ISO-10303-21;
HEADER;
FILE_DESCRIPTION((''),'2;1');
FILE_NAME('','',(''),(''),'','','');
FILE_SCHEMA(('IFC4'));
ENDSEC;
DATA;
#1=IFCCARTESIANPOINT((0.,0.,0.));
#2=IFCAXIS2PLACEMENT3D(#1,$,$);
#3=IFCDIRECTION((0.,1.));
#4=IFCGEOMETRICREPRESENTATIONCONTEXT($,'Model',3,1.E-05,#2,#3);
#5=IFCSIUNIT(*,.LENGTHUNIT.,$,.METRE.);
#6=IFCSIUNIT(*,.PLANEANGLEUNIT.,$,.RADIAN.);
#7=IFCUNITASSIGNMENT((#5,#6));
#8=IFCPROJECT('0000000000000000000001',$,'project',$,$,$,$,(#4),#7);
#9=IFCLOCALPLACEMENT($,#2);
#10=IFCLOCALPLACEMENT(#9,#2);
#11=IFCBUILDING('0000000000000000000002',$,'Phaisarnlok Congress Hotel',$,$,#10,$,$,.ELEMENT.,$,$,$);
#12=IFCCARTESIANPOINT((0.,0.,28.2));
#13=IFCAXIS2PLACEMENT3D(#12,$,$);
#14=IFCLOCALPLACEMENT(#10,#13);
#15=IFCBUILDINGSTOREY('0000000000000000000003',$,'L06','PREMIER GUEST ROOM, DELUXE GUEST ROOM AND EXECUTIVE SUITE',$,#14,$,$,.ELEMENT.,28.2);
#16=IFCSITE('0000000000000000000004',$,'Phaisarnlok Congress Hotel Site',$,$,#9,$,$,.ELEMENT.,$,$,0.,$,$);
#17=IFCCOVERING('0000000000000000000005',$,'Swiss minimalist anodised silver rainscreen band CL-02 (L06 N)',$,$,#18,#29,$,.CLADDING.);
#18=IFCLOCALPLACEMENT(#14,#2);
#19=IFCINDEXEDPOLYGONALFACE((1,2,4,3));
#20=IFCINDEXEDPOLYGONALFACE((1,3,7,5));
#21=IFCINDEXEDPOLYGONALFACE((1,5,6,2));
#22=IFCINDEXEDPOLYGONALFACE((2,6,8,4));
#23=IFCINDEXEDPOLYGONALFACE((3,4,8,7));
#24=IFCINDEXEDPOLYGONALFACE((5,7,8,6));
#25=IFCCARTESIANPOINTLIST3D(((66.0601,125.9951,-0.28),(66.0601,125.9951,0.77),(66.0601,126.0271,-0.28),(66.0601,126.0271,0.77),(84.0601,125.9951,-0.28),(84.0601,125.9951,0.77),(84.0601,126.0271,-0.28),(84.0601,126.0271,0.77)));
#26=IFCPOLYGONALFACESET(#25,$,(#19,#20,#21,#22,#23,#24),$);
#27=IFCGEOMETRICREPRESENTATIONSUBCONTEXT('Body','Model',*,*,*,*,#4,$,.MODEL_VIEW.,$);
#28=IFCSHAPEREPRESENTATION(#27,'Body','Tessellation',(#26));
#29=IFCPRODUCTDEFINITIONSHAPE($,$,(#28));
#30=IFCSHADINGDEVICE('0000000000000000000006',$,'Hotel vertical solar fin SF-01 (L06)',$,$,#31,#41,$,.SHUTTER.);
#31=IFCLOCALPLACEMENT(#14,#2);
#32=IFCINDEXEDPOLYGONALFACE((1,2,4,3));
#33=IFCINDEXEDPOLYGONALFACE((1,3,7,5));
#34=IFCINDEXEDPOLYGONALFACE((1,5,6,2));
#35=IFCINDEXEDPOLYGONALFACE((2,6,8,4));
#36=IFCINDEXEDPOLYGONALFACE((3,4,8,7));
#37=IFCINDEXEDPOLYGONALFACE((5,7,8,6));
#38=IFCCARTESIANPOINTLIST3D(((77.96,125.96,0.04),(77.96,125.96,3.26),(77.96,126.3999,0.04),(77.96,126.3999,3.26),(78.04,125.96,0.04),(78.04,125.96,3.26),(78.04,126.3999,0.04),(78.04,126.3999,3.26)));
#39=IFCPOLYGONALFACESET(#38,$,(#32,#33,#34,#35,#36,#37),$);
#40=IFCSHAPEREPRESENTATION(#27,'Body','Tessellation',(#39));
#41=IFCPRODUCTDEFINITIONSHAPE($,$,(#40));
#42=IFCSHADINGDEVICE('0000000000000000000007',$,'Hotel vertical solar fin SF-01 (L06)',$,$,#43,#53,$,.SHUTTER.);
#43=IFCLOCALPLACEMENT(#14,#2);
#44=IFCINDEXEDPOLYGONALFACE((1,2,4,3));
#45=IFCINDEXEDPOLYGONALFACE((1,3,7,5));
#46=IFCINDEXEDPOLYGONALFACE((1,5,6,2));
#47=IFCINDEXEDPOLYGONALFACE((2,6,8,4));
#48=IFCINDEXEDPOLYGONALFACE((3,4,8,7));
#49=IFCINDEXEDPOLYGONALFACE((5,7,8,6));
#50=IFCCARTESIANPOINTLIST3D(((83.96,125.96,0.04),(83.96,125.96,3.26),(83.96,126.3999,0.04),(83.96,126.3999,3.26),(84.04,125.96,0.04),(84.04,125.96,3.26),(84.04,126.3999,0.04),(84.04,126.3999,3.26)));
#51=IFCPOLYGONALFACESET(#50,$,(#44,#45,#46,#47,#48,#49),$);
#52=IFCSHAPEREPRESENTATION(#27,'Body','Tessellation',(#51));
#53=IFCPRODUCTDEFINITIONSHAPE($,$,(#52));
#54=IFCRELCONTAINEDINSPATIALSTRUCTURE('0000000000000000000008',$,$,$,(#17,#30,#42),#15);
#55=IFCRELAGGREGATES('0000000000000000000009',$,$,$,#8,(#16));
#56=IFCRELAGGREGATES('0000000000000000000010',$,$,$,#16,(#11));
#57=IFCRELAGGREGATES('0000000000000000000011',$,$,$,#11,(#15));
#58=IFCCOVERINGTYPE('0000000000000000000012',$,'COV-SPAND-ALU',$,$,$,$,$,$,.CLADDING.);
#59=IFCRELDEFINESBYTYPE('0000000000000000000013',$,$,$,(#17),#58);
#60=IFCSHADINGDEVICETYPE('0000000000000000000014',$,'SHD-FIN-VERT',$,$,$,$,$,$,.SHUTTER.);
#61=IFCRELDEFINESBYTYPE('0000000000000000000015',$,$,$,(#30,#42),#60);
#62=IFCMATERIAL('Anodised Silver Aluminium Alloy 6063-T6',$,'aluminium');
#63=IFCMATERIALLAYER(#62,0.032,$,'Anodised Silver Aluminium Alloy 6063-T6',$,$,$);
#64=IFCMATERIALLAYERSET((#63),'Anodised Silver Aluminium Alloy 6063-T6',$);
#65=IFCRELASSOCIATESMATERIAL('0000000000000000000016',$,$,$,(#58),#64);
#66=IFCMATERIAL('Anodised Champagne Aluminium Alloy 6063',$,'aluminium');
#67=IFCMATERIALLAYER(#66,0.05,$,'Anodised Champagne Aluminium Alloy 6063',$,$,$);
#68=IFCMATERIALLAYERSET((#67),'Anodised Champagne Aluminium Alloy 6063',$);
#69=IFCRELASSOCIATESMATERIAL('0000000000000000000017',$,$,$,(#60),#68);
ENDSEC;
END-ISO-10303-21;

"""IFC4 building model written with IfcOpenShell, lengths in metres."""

from ifc_helpers import new_model, si_unit, direction, frame, origin, origin_2d, place, context, subcontext, project, spatial, polyline, rectangle, outline, extrude, material, layer, layer_set, type_object, element, save


model = new_model("IFC4")

# Units and contexts
model_context = context("Model", 3, precision=1e-05, world=origin(), true_north=direction((0.0, 1.0)))
body_context = subcontext(model_context, "Body", "Model", "MODEL_VIEW")
ifc_project = project(units=[si_unit("LENGTHUNIT", "METRE"), si_unit("PLANEANGLEUNIT", "RADIAN")], contexts=[model_context])

# Site, building, storey
site_placement = place(None, origin())
site = spatial("IfcSite", under=ifc_project, at=site_placement, Name="Phaisarnlok Congress Hotel Site", CompositionType="ELEMENT", RefElevation=0.0)
building_placement = place(site_placement, origin())
building = spatial("IfcBuilding", under=site, at=building_placement, Name="Phaisarnlok Congress Hotel", CompositionType="ELEMENT")
storey_placement = place(building_placement, frame((0.0, 0.0, 28.2)))
storey = spatial("IfcBuildingStorey", under=building, at=storey_placement, Name="L06", Description="PREMIER GUEST ROOM, DELUXE GUEST ROOM AND EXECUTIVE SUITE", CompositionType="ELEMENT", Elevation=28.2)

# Covering
ifc_material_1 = material(Name="Anodised Silver Aluminium Alloy 6063-T6", Category="aluminium")
ifc_layer_1 = layer(ifc_material_1, 0.032, Name="Anodised Silver Aluminium Alloy 6063-T6")
ifc_layer_set_1 = layer_set([ifc_layer_1], Name="Anodised Silver Aluminium Alloy 6063-T6")
covering_type = type_object("IfcCoveringType", Name="COV-SPAND-ALU", PredefinedType="CLADDING", material=ifc_layer_set_1)
covering_placement = place(storey_placement, frame((84.0601, 125.9951, -0.28), z_axis=(0.0, 1.0, 0.0), x_axis=(-1.0, 0.0, 0.0)))
element("IfcCovering", 1, at=covering_placement, inside=storey, type_object=covering_type, Name="Swiss minimalist anodised silver rainscreen band CL-02 (L06 N)", PredefinedType="CLADDING", context=body_context, shape_type="SweptSolid", body=[
    extrude(outline(polyline([(0.0, 0.0), (18.0, 0.0), (18.0, 1.05), (0.0, 1.05), (0.0, 0.0)])), origin(), (0.0, 0.0, 1.0), 0.032),
])

# Shading devices
ifc_material_2 = material(Name="Anodised Champagne Aluminium Alloy 6063", Category="aluminium")
ifc_layer_2 = layer(ifc_material_2, 0.05, Name="Anodised Champagne Aluminium Alloy 6063")
ifc_layer_set_2 = layer_set([ifc_layer_2], Name="Anodised Champagne Aluminium Alloy 6063")
shading_device_type = type_object("IfcShadingDeviceType", Name="SHD-FIN-VERT", PredefinedType="SHUTTER", material=ifc_layer_set_2)
for number, where, z_axis, x_axis, name in (
    (2, (78.0, 126.1799, 0.04), (0.0, 0.0, 1.0), (1.0, 0.0, 0.0), "Hotel vertical solar fin SF-01 (L06)"),
    (3, (84.0, 126.1799, 0.04), (0.0, 0.0, 1.0), (1.0, 0.0, 0.0), "Hotel vertical solar fin SF-01 (L06)"),
):
    element("IfcShadingDevice", number, at=place(storey_placement, frame(where, z_axis=z_axis, x_axis=x_axis)), inside=storey, type_object=shading_device_type, Name=name, PredefinedType="SHUTTER", context=body_context, shape_type="SweptSolid", body=[
        extrude(rectangle(XDim=0.0801, YDim=0.4399, at=origin_2d()), origin(), (0.0, 0.0, 1.0), 3.22),
    ])

save(model, "model.ifc")
